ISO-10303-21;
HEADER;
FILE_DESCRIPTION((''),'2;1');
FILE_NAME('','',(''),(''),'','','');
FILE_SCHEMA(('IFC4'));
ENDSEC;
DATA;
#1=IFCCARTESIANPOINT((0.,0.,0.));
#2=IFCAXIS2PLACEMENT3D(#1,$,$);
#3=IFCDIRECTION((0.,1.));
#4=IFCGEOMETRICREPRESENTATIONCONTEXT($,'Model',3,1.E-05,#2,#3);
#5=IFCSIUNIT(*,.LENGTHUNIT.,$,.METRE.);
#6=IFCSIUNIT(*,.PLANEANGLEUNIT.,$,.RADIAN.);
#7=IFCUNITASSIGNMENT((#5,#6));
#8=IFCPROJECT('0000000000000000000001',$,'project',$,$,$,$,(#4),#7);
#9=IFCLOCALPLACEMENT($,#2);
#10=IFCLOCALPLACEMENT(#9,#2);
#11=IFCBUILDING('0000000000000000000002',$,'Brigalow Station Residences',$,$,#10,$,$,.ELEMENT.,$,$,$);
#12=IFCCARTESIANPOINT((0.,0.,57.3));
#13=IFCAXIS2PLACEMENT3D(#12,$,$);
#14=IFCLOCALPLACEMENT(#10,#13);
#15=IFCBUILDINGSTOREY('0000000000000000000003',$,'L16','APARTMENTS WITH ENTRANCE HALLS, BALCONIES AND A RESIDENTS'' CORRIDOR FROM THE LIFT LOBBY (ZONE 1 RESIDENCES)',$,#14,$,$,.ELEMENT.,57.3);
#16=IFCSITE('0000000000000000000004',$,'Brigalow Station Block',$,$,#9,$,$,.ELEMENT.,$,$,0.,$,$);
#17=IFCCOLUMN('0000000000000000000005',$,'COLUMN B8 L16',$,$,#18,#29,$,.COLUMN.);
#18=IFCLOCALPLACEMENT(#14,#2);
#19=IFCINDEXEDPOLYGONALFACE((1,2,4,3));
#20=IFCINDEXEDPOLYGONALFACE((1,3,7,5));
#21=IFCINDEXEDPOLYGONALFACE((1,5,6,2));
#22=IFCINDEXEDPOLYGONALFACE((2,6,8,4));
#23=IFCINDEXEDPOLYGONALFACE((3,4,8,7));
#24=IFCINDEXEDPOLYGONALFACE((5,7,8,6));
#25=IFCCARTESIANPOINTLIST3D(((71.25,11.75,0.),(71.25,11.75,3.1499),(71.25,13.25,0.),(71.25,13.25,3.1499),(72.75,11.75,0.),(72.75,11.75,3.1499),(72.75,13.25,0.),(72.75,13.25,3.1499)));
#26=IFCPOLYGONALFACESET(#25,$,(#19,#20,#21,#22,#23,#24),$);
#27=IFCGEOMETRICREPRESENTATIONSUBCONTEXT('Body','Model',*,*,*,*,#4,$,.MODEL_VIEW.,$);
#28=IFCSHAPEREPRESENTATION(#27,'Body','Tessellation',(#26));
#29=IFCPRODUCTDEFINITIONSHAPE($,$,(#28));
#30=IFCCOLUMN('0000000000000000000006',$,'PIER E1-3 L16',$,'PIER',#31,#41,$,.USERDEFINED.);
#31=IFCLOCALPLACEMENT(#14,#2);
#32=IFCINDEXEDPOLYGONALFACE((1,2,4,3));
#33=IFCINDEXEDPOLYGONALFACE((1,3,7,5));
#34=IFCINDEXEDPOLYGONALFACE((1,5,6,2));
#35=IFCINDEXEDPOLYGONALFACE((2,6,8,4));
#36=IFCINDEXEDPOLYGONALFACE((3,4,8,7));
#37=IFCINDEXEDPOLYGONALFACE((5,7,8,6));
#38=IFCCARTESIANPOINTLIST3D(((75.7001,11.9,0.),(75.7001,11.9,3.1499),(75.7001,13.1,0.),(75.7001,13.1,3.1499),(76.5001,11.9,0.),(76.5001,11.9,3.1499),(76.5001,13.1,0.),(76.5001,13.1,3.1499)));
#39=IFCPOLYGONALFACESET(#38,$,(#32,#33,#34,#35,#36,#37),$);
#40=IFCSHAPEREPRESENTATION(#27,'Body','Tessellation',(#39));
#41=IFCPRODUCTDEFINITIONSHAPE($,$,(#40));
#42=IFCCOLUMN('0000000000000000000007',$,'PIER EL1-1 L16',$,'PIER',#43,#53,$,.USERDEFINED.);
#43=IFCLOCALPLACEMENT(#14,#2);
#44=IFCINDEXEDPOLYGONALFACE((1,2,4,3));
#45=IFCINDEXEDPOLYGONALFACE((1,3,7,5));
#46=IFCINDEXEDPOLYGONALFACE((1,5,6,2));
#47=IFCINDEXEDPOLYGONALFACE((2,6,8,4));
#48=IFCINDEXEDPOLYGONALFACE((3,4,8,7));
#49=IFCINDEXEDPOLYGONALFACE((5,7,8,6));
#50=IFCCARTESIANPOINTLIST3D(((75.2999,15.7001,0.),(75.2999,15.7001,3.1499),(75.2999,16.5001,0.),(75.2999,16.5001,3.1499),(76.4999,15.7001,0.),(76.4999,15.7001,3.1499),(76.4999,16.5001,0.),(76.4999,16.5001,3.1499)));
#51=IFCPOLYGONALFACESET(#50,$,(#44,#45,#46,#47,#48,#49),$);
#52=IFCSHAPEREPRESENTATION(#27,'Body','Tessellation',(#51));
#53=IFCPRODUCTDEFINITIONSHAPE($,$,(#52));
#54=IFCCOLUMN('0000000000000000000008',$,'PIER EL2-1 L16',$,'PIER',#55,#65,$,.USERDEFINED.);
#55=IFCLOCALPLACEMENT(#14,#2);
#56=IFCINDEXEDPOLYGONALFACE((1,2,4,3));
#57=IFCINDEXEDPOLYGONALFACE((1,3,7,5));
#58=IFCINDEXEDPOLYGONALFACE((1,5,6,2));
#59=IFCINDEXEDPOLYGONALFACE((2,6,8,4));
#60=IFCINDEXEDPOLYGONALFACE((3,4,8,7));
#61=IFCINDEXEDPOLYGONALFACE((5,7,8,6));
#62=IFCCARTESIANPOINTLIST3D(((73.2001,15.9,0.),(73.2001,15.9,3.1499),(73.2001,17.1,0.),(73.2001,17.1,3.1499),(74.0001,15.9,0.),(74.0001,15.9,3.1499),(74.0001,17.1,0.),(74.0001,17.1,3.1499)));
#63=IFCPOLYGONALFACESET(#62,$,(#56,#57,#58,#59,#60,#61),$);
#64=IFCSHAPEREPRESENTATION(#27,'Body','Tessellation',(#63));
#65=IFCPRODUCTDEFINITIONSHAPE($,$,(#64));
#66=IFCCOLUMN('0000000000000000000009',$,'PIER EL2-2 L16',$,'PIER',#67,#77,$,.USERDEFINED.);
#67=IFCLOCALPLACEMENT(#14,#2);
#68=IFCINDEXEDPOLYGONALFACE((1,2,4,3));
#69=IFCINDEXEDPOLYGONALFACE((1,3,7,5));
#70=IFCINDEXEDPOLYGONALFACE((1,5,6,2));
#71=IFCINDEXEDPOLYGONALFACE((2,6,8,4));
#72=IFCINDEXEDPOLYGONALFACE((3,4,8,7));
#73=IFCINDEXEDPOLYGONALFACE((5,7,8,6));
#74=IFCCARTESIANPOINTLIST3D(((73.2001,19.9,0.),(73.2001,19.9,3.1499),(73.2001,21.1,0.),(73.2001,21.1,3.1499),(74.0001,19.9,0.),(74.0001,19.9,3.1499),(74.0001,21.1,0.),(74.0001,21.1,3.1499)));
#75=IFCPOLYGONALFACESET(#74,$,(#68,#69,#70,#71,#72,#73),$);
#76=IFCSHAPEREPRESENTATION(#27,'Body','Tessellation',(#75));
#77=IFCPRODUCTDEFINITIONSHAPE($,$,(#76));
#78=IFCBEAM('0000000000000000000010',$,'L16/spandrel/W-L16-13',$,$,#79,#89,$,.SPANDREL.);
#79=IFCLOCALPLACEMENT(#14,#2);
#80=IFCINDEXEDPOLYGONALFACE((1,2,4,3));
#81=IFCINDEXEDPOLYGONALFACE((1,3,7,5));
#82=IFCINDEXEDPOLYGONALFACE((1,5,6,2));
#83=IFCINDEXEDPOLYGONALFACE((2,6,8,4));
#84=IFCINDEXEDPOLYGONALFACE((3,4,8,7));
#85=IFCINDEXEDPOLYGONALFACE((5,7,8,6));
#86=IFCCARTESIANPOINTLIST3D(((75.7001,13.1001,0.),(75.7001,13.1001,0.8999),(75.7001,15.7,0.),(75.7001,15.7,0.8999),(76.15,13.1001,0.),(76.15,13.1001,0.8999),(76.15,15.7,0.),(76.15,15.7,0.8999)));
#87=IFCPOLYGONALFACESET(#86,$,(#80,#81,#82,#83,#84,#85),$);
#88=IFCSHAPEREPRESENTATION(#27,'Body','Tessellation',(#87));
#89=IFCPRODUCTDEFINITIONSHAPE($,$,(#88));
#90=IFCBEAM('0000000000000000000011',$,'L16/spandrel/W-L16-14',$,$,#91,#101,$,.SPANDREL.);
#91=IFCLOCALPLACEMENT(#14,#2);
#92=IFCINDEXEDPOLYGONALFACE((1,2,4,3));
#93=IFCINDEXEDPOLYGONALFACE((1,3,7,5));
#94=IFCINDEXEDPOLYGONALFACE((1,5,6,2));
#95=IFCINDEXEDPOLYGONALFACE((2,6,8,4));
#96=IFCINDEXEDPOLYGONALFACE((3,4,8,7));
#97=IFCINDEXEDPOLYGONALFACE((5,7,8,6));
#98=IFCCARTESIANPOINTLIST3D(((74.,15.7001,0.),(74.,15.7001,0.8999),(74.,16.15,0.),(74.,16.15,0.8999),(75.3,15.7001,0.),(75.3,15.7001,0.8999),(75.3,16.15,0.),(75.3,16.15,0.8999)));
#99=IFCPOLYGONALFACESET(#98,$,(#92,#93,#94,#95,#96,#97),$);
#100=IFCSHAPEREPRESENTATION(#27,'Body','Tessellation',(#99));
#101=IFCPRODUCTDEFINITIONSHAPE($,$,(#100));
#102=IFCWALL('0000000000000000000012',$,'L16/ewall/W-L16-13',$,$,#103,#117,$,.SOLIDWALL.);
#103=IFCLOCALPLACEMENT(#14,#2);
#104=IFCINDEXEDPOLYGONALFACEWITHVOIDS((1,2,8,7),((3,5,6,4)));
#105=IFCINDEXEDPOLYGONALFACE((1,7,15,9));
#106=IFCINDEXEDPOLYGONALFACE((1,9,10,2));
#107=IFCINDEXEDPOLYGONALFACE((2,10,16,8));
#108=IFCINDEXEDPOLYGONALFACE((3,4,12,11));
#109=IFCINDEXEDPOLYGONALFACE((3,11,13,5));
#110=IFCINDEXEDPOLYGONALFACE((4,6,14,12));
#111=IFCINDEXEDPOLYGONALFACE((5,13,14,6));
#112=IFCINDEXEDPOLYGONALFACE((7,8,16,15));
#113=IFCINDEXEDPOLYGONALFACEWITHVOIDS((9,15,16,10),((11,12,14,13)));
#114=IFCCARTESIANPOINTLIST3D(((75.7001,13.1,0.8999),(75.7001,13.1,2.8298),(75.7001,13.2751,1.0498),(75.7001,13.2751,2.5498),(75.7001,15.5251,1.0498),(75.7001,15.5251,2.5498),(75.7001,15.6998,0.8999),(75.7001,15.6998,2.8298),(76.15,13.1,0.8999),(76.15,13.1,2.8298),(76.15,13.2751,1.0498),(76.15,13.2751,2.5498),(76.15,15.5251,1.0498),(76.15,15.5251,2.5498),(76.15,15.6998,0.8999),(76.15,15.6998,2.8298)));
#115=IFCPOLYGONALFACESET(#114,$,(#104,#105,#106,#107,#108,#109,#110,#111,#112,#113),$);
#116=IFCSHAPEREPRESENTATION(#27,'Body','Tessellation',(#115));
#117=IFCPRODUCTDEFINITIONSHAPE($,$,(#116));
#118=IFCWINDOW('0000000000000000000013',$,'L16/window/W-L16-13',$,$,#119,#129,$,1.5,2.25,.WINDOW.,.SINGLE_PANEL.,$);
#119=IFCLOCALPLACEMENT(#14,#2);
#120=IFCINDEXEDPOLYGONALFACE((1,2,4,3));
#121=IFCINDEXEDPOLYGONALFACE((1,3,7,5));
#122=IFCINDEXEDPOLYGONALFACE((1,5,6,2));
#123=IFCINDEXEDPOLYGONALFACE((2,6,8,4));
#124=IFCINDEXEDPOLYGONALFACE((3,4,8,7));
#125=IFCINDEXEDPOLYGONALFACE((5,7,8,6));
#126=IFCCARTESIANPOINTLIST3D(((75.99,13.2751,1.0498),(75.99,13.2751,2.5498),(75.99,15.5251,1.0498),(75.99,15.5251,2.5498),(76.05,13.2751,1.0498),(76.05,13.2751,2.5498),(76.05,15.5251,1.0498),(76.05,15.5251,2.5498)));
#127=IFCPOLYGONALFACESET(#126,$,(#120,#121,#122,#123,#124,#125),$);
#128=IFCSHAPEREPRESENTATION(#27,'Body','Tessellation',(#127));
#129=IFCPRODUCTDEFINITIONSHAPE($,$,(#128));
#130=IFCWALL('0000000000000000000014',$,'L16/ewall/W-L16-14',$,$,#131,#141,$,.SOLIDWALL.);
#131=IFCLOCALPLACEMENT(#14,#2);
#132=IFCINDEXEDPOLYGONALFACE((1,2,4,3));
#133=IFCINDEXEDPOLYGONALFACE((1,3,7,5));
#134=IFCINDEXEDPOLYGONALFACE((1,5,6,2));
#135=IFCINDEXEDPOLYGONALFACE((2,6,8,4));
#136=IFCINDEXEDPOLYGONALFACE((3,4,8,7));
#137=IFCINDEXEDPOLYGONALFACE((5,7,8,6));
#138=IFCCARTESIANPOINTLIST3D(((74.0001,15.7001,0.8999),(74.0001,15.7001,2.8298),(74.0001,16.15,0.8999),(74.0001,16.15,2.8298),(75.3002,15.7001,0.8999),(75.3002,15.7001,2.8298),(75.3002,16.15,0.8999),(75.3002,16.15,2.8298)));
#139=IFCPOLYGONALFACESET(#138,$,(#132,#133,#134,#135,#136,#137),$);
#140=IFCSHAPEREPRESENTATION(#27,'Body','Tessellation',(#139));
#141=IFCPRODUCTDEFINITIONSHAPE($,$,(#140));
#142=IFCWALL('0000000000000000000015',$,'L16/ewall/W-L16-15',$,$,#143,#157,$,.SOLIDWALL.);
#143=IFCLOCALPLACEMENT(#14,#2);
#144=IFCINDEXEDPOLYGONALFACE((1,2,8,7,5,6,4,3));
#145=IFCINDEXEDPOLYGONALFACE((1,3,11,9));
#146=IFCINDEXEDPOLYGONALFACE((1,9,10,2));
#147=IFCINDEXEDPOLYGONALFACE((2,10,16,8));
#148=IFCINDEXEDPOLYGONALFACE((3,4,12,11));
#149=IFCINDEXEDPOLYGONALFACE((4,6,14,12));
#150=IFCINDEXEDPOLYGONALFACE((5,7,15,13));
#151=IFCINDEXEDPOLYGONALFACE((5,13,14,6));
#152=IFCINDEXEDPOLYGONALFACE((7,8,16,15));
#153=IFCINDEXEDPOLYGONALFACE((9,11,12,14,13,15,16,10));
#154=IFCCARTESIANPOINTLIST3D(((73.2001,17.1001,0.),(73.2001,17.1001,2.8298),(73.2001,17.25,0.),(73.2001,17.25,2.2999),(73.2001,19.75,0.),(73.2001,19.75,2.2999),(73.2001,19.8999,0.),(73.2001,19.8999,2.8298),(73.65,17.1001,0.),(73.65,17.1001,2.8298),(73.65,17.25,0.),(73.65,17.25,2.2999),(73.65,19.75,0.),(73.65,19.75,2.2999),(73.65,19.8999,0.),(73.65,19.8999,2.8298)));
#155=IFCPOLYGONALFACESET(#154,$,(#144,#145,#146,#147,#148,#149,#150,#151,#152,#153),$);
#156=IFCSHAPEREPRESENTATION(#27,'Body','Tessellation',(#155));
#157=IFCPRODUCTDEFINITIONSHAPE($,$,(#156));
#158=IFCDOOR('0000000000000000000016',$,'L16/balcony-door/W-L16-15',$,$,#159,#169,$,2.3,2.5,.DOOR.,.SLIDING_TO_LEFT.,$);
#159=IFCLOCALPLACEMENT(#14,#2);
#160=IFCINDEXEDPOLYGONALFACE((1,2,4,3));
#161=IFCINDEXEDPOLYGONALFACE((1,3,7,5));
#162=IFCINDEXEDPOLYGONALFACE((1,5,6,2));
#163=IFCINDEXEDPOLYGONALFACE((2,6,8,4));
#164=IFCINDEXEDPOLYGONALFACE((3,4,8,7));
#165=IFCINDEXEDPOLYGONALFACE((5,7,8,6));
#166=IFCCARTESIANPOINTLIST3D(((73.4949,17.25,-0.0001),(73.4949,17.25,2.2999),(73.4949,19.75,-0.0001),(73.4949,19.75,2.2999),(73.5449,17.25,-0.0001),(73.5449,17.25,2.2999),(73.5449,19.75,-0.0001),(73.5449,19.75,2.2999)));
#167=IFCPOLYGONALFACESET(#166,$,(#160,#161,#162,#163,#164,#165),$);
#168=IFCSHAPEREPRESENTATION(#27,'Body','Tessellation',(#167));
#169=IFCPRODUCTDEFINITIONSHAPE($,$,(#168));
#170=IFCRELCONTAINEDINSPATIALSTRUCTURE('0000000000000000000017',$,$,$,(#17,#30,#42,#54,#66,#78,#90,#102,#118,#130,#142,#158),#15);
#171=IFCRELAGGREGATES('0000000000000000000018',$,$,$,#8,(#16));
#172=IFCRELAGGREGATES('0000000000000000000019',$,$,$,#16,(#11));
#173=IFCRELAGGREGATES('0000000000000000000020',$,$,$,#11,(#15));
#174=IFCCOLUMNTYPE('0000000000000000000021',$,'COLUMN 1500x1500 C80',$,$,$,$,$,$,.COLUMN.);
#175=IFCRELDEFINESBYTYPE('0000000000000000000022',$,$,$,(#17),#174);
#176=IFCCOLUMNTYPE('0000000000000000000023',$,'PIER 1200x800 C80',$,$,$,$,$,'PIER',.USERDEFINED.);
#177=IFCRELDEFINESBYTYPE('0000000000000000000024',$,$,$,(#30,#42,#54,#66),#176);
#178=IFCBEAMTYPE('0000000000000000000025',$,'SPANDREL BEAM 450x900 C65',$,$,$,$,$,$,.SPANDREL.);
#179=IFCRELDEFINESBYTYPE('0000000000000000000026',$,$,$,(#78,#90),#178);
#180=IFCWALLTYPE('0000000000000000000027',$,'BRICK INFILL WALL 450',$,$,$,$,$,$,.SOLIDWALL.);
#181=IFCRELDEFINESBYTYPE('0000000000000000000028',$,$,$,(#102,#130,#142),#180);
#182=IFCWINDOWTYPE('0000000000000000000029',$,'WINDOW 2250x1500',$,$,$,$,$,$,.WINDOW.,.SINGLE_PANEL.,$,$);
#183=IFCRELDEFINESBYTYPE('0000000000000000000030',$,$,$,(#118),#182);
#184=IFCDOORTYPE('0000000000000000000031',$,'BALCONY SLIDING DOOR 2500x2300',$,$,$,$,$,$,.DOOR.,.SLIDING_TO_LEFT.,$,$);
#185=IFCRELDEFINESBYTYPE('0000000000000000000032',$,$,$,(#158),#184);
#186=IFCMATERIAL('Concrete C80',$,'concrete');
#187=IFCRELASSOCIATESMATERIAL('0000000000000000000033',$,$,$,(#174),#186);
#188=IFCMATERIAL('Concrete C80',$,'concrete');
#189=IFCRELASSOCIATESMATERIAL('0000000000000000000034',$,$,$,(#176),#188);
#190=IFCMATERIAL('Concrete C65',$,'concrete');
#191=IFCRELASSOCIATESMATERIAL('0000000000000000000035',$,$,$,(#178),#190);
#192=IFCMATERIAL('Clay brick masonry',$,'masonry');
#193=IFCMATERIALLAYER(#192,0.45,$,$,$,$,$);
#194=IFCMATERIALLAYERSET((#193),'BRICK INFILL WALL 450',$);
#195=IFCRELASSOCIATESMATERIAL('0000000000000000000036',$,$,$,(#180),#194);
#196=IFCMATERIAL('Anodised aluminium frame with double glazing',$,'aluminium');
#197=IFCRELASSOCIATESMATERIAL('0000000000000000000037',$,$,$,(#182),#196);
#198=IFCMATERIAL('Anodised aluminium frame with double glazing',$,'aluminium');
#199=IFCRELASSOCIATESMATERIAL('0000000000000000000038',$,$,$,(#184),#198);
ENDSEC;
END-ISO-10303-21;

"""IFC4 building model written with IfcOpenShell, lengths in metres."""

from ifc_helpers import new_model, si_unit, direction, frame, frame_2d, origin, origin_2d, place, context, subcontext, project, spatial, rectangle, extrude, material, layer, layer_set, material_profile, profile_set, type_object, element, fill, save


model = new_model("IFC4")

# Units and contexts
model_context = context("Model", 3, precision=1e-05, world=origin(), true_north=direction((0.0, 1.0)))
body_context = subcontext(model_context, "Body", "Model", "MODEL_VIEW")
ifc_project = project(units=[si_unit("LENGTHUNIT", "METRE"), si_unit("PLANEANGLEUNIT", "RADIAN")], contexts=[model_context])

# Site, building, storey
site_placement = place(None, origin())
site = spatial("IfcSite", under=ifc_project, at=site_placement, Name="Brigalow Station Block", CompositionType="ELEMENT", RefElevation=0.0)
building_placement = place(site_placement, origin())
building = spatial("IfcBuilding", under=site, at=building_placement, Name="Brigalow Station Residences", CompositionType="ELEMENT")
storey_placement = place(building_placement, frame((0.0, 0.0, 57.3)))
storey = spatial("IfcBuildingStorey", under=building, at=storey_placement, Name="L16", Description="APARTMENTS WITH ENTRANCE HALLS, BALCONIES AND A RESIDENTS' CORRIDOR FROM THE LIFT LOBBY (ZONE 1 RESIDENCES)", CompositionType="ELEMENT", Elevation=57.3)

# Columns
ifc_material_1 = material(Name="Concrete C80", Category="concrete")
ifc_material_profile_1 = material_profile(ifc_material_1, rectangle(XDim=1.5, YDim=1.5, at=origin_2d()), Name="RC1500x1500")
ifc_profile_set_1 = profile_set([ifc_material_profile_1], Name="Concrete C80")
column_type_1 = type_object("IfcColumnType", Name="COLUMN 1500x1500 C80", PredefinedType="COLUMN", material=ifc_profile_set_1)
column_placement = place(storey_placement, frame((72.0, 12.5, 0.0), z_axis=(0.0, 0.0, 1.0), x_axis=(1.0, 0.0, 0.0)))
element("IfcColumn", 1, at=column_placement, inside=storey, type_object=column_type_1, Name="COLUMN B8 L16", PredefinedType="COLUMN", context=body_context, shape_type="SweptSolid", body=[
    extrude(rectangle(XDim=1.5, YDim=1.5, at=origin_2d()), origin(), (0.0, 0.0, 1.0), 3.1499),
])
ifc_material_2 = material(Name="Concrete C80", Category="concrete")
ifc_material_profile_2 = material_profile(ifc_material_2, rectangle(XDim=1.2, YDim=0.8, at=origin_2d()), Name="RC1200x800")
ifc_profile_set_2 = profile_set([ifc_material_profile_2], Name="Concrete C80")
column_type_2 = type_object("IfcColumnType", Name="PIER 1200x800 C80", ElementType="PIER", PredefinedType="USERDEFINED", material=ifc_profile_set_2)
for number, where, z_axis, x_axis, name in (
    (2, (76.1001, 12.5, 0.0), (0.0, 0.0, 1.0), (0.0, 1.0, 0.0), "PIER E1-3 L16"),
    (3, (75.8999, 16.1001, 0.0), (0.0, 0.0, 1.0), (-1.0, 0.0, 0.0), "PIER EL1-1 L16"),
    (4, (73.6001, 16.5, 0.0), (0.0, 0.0, 1.0), (0.0, 1.0, 0.0), "PIER EL2-1 L16"),
    (5, (73.6001, 20.5, 0.0), (0.0, 0.0, 1.0), (0.0, 1.0, 0.0), "PIER EL2-2 L16"),
):
    element("IfcColumn", number, at=place(storey_placement, frame(where, z_axis=z_axis, x_axis=x_axis)), inside=storey, type_object=column_type_2, Name=name, ObjectType="PIER", PredefinedType="USERDEFINED", context=body_context, shape_type="SweptSolid", body=[
        extrude(rectangle(XDim=1.2, YDim=0.8, at=origin_2d()), origin(), (0.0, 0.0, 1.0), 3.1499),
    ])

# Beams
ifc_material_3 = material(Name="Concrete C65", Category="concrete")
ifc_material_profile_3 = material_profile(ifc_material_3, rectangle(XDim=0.45, YDim=0.8999, at=origin_2d()), Name="RC450x900")
ifc_profile_set_3 = profile_set([ifc_material_profile_3], Name="Concrete C65")
beam_type = type_object("IfcBeamType", Name="SPANDREL BEAM 450x900 C65", PredefinedType="SPANDREL", material=ifc_profile_set_3)
beam_1_placement = place(storey_placement, frame((75.925, 13.1001, 0.45), z_axis=(0.0, 1.0, 0.0), x_axis=(-1.0, 0.0, 0.0)))
element("IfcBeam", 6, at=beam_1_placement, inside=storey, type_object=beam_type, Name="L16/spandrel/W-L16-13", PredefinedType="SPANDREL", context=body_context, shape_type="SweptSolid", body=[
    extrude(rectangle(XDim=0.45, YDim=0.8999, at=origin_2d()), origin(), (0.0, 0.0, 1.0), 2.5999),
])
beam_2_placement = place(storey_placement, frame((75.3, 15.925, 0.45), z_axis=(-1.0, 0.0, 0.0), x_axis=(0.0, -1.0, 0.0)))
element("IfcBeam", 7, at=beam_2_placement, inside=storey, type_object=beam_type, Name="L16/spandrel/W-L16-14", PredefinedType="SPANDREL", context=body_context, shape_type="SweptSolid", body=[
    extrude(rectangle(XDim=0.45, YDim=0.8999, at=origin_2d()), origin(), (0.0, 0.0, 1.0), 1.3),
])

# Wall, opening, window
ifc_material_4 = material(Name="Clay brick masonry", Category="masonry")
ifc_layer_1 = layer(ifc_material_4, 0.45)
ifc_layer_set_1 = layer_set([ifc_layer_1], Name="BRICK INFILL WALL 450")
wall_type_1 = type_object("IfcWallType", Name="BRICK INFILL WALL 450", PredefinedType="SOLIDWALL", material=ifc_layer_set_1)
wall_1_placement = place(storey_placement, frame((75.925, 13.1001, 0.8999), z_axis=(0.0, 0.0, 1.0), x_axis=(0.0, 1.0, 0.0)))
wall_1 = element("IfcWall", 8, at=wall_1_placement, inside=storey, type_object=wall_type_1, Name="L16/ewall/W-L16-13", PredefinedType="SOLIDWALL", context=body_context, shape_type="SweptSolid", body=[
    extrude(rectangle(XDim=2.5999, YDim=0.45, at=frame_2d((1.2998, 0.0))), origin(), (0.0, 0.0, 1.0), 1.9299),
])
opening_1_placement = place(wall_1_placement, frame((0.175, 0.0, 0.1499)))
opening_1 = element("IfcOpeningElement", 9, at=opening_1_placement, cuts=wall_1, PredefinedType="OPENING", context=body_context, shape_type="SweptSolid", body=[
    extrude(rectangle(XDim=2.25, YDim=1.5, at=frame_2d((1.125, 0.75))), frame((0.0, 0.2349, 0.0), z_axis=(0.0, -1.0, 0.0), x_axis=(1.0, 0.0, 0.0)), (0.0, 0.0, 1.0), 0.47),
])
ifc_material_5 = material(Name="Anodised aluminium frame with double glazing", Category="aluminium")
window_type = type_object("IfcWindowType", Name="WINDOW 2250x1500", PartitioningType="SINGLE_PANEL", PredefinedType="WINDOW", material=ifc_material_5)
window_placement = place(opening_1_placement, origin())
window = element("IfcWindow", 10, at=window_placement, inside=storey, type_object=window_type, Name="L16/window/W-L16-13", OverallHeight=1.5, OverallWidth=2.25, PartitioningType="SINGLE_PANEL", PredefinedType="WINDOW", context=body_context, shape_type="SweptSolid", body=[
    extrude(rectangle(XDim=2.25, YDim=1.5, at=frame_2d((1.125, 0.75))), frame((0.0, -0.0649, 0.0), z_axis=(0.0, -1.0, 0.0), x_axis=(1.0, 0.0, 0.0)), (0.0, 0.0, 1.0), 0.0601),
])
fill(opening_1, window)

# Wall
wall_2_placement = place(storey_placement, frame((75.3, 15.925, 0.8999), z_axis=(0.0, 0.0, 1.0), x_axis=(-1.0, 0.0, 0.0)))
element("IfcWall", 11, at=wall_2_placement, inside=storey, type_object=wall_type_1, Name="L16/ewall/W-L16-14", PredefinedType="SOLIDWALL", context=body_context, shape_type="SweptSolid", body=[
    extrude(rectangle(XDim=1.3, YDim=0.45, at=frame_2d((0.6499, 0.0))), origin(), (0.0, 0.0, 1.0), 1.9299),
])

# Wall, opening, door
wall_3_placement = place(storey_placement, frame((73.425, 17.1001, 0.0), z_axis=(0.0, 0.0, 1.0), x_axis=(0.0, 1.0, 0.0)))
wall_3 = element("IfcWall", 12, at=wall_3_placement, inside=storey, type_object=wall_type_1, Name="L16/ewall/W-L16-15", PredefinedType="SOLIDWALL", context=body_context, shape_type="SweptSolid", body=[
    extrude(rectangle(XDim=2.7998, YDim=0.45, at=frame_2d((1.3999, 0.0))), origin(), (0.0, 0.0, 1.0), 2.8298),
])
opening_2_placement = place(wall_3_placement, frame((0.1499, 0.0, 0.0)))
opening_2 = element("IfcOpeningElement", 13, at=opening_2_placement, cuts=wall_3, PredefinedType="OPENING", context=body_context, shape_type="SweptSolid", body=[
    extrude(rectangle(XDim=2.5, YDim=2.3, at=frame_2d((1.25, 1.1499))), frame((0.0, 0.2349, 0.0), z_axis=(0.0, -1.0, 0.0), x_axis=(1.0, 0.0, 0.0)), (0.0, 0.0, 1.0), 0.47),
])
ifc_material_6 = material(Name="Anodised aluminium frame with double glazing", Category="aluminium")
door_type_1 = type_object("IfcDoorType", Name="BALCONY SLIDING DOOR 2500x2300", OperationType="SLIDING_TO_LEFT", PredefinedType="DOOR", material=ifc_material_6)
door_1_placement = place(opening_2_placement, origin())
door_1 = element("IfcDoor", 14, at=door_1_placement, inside=storey, type_object=door_type_1, Name="L16/balcony-door/W-L16-15", OperationType="SLIDING_TO_LEFT", OverallHeight=2.3, OverallWidth=2.5, PredefinedType="DOOR", context=body_context, shape_type="SweptSolid", body=[
    extrude(rectangle(XDim=2.5, YDim=2.3, at=frame_2d((1.25, 1.1499))), frame((0.0, -0.0698, 0.0), z_axis=(0.0, -1.0, 0.0), x_axis=(1.0, 0.0, 0.0)), (0.0, 0.0, 1.0), 0.05),
])
fill(opening_2, door_1)

save(model, "model.ifc")
